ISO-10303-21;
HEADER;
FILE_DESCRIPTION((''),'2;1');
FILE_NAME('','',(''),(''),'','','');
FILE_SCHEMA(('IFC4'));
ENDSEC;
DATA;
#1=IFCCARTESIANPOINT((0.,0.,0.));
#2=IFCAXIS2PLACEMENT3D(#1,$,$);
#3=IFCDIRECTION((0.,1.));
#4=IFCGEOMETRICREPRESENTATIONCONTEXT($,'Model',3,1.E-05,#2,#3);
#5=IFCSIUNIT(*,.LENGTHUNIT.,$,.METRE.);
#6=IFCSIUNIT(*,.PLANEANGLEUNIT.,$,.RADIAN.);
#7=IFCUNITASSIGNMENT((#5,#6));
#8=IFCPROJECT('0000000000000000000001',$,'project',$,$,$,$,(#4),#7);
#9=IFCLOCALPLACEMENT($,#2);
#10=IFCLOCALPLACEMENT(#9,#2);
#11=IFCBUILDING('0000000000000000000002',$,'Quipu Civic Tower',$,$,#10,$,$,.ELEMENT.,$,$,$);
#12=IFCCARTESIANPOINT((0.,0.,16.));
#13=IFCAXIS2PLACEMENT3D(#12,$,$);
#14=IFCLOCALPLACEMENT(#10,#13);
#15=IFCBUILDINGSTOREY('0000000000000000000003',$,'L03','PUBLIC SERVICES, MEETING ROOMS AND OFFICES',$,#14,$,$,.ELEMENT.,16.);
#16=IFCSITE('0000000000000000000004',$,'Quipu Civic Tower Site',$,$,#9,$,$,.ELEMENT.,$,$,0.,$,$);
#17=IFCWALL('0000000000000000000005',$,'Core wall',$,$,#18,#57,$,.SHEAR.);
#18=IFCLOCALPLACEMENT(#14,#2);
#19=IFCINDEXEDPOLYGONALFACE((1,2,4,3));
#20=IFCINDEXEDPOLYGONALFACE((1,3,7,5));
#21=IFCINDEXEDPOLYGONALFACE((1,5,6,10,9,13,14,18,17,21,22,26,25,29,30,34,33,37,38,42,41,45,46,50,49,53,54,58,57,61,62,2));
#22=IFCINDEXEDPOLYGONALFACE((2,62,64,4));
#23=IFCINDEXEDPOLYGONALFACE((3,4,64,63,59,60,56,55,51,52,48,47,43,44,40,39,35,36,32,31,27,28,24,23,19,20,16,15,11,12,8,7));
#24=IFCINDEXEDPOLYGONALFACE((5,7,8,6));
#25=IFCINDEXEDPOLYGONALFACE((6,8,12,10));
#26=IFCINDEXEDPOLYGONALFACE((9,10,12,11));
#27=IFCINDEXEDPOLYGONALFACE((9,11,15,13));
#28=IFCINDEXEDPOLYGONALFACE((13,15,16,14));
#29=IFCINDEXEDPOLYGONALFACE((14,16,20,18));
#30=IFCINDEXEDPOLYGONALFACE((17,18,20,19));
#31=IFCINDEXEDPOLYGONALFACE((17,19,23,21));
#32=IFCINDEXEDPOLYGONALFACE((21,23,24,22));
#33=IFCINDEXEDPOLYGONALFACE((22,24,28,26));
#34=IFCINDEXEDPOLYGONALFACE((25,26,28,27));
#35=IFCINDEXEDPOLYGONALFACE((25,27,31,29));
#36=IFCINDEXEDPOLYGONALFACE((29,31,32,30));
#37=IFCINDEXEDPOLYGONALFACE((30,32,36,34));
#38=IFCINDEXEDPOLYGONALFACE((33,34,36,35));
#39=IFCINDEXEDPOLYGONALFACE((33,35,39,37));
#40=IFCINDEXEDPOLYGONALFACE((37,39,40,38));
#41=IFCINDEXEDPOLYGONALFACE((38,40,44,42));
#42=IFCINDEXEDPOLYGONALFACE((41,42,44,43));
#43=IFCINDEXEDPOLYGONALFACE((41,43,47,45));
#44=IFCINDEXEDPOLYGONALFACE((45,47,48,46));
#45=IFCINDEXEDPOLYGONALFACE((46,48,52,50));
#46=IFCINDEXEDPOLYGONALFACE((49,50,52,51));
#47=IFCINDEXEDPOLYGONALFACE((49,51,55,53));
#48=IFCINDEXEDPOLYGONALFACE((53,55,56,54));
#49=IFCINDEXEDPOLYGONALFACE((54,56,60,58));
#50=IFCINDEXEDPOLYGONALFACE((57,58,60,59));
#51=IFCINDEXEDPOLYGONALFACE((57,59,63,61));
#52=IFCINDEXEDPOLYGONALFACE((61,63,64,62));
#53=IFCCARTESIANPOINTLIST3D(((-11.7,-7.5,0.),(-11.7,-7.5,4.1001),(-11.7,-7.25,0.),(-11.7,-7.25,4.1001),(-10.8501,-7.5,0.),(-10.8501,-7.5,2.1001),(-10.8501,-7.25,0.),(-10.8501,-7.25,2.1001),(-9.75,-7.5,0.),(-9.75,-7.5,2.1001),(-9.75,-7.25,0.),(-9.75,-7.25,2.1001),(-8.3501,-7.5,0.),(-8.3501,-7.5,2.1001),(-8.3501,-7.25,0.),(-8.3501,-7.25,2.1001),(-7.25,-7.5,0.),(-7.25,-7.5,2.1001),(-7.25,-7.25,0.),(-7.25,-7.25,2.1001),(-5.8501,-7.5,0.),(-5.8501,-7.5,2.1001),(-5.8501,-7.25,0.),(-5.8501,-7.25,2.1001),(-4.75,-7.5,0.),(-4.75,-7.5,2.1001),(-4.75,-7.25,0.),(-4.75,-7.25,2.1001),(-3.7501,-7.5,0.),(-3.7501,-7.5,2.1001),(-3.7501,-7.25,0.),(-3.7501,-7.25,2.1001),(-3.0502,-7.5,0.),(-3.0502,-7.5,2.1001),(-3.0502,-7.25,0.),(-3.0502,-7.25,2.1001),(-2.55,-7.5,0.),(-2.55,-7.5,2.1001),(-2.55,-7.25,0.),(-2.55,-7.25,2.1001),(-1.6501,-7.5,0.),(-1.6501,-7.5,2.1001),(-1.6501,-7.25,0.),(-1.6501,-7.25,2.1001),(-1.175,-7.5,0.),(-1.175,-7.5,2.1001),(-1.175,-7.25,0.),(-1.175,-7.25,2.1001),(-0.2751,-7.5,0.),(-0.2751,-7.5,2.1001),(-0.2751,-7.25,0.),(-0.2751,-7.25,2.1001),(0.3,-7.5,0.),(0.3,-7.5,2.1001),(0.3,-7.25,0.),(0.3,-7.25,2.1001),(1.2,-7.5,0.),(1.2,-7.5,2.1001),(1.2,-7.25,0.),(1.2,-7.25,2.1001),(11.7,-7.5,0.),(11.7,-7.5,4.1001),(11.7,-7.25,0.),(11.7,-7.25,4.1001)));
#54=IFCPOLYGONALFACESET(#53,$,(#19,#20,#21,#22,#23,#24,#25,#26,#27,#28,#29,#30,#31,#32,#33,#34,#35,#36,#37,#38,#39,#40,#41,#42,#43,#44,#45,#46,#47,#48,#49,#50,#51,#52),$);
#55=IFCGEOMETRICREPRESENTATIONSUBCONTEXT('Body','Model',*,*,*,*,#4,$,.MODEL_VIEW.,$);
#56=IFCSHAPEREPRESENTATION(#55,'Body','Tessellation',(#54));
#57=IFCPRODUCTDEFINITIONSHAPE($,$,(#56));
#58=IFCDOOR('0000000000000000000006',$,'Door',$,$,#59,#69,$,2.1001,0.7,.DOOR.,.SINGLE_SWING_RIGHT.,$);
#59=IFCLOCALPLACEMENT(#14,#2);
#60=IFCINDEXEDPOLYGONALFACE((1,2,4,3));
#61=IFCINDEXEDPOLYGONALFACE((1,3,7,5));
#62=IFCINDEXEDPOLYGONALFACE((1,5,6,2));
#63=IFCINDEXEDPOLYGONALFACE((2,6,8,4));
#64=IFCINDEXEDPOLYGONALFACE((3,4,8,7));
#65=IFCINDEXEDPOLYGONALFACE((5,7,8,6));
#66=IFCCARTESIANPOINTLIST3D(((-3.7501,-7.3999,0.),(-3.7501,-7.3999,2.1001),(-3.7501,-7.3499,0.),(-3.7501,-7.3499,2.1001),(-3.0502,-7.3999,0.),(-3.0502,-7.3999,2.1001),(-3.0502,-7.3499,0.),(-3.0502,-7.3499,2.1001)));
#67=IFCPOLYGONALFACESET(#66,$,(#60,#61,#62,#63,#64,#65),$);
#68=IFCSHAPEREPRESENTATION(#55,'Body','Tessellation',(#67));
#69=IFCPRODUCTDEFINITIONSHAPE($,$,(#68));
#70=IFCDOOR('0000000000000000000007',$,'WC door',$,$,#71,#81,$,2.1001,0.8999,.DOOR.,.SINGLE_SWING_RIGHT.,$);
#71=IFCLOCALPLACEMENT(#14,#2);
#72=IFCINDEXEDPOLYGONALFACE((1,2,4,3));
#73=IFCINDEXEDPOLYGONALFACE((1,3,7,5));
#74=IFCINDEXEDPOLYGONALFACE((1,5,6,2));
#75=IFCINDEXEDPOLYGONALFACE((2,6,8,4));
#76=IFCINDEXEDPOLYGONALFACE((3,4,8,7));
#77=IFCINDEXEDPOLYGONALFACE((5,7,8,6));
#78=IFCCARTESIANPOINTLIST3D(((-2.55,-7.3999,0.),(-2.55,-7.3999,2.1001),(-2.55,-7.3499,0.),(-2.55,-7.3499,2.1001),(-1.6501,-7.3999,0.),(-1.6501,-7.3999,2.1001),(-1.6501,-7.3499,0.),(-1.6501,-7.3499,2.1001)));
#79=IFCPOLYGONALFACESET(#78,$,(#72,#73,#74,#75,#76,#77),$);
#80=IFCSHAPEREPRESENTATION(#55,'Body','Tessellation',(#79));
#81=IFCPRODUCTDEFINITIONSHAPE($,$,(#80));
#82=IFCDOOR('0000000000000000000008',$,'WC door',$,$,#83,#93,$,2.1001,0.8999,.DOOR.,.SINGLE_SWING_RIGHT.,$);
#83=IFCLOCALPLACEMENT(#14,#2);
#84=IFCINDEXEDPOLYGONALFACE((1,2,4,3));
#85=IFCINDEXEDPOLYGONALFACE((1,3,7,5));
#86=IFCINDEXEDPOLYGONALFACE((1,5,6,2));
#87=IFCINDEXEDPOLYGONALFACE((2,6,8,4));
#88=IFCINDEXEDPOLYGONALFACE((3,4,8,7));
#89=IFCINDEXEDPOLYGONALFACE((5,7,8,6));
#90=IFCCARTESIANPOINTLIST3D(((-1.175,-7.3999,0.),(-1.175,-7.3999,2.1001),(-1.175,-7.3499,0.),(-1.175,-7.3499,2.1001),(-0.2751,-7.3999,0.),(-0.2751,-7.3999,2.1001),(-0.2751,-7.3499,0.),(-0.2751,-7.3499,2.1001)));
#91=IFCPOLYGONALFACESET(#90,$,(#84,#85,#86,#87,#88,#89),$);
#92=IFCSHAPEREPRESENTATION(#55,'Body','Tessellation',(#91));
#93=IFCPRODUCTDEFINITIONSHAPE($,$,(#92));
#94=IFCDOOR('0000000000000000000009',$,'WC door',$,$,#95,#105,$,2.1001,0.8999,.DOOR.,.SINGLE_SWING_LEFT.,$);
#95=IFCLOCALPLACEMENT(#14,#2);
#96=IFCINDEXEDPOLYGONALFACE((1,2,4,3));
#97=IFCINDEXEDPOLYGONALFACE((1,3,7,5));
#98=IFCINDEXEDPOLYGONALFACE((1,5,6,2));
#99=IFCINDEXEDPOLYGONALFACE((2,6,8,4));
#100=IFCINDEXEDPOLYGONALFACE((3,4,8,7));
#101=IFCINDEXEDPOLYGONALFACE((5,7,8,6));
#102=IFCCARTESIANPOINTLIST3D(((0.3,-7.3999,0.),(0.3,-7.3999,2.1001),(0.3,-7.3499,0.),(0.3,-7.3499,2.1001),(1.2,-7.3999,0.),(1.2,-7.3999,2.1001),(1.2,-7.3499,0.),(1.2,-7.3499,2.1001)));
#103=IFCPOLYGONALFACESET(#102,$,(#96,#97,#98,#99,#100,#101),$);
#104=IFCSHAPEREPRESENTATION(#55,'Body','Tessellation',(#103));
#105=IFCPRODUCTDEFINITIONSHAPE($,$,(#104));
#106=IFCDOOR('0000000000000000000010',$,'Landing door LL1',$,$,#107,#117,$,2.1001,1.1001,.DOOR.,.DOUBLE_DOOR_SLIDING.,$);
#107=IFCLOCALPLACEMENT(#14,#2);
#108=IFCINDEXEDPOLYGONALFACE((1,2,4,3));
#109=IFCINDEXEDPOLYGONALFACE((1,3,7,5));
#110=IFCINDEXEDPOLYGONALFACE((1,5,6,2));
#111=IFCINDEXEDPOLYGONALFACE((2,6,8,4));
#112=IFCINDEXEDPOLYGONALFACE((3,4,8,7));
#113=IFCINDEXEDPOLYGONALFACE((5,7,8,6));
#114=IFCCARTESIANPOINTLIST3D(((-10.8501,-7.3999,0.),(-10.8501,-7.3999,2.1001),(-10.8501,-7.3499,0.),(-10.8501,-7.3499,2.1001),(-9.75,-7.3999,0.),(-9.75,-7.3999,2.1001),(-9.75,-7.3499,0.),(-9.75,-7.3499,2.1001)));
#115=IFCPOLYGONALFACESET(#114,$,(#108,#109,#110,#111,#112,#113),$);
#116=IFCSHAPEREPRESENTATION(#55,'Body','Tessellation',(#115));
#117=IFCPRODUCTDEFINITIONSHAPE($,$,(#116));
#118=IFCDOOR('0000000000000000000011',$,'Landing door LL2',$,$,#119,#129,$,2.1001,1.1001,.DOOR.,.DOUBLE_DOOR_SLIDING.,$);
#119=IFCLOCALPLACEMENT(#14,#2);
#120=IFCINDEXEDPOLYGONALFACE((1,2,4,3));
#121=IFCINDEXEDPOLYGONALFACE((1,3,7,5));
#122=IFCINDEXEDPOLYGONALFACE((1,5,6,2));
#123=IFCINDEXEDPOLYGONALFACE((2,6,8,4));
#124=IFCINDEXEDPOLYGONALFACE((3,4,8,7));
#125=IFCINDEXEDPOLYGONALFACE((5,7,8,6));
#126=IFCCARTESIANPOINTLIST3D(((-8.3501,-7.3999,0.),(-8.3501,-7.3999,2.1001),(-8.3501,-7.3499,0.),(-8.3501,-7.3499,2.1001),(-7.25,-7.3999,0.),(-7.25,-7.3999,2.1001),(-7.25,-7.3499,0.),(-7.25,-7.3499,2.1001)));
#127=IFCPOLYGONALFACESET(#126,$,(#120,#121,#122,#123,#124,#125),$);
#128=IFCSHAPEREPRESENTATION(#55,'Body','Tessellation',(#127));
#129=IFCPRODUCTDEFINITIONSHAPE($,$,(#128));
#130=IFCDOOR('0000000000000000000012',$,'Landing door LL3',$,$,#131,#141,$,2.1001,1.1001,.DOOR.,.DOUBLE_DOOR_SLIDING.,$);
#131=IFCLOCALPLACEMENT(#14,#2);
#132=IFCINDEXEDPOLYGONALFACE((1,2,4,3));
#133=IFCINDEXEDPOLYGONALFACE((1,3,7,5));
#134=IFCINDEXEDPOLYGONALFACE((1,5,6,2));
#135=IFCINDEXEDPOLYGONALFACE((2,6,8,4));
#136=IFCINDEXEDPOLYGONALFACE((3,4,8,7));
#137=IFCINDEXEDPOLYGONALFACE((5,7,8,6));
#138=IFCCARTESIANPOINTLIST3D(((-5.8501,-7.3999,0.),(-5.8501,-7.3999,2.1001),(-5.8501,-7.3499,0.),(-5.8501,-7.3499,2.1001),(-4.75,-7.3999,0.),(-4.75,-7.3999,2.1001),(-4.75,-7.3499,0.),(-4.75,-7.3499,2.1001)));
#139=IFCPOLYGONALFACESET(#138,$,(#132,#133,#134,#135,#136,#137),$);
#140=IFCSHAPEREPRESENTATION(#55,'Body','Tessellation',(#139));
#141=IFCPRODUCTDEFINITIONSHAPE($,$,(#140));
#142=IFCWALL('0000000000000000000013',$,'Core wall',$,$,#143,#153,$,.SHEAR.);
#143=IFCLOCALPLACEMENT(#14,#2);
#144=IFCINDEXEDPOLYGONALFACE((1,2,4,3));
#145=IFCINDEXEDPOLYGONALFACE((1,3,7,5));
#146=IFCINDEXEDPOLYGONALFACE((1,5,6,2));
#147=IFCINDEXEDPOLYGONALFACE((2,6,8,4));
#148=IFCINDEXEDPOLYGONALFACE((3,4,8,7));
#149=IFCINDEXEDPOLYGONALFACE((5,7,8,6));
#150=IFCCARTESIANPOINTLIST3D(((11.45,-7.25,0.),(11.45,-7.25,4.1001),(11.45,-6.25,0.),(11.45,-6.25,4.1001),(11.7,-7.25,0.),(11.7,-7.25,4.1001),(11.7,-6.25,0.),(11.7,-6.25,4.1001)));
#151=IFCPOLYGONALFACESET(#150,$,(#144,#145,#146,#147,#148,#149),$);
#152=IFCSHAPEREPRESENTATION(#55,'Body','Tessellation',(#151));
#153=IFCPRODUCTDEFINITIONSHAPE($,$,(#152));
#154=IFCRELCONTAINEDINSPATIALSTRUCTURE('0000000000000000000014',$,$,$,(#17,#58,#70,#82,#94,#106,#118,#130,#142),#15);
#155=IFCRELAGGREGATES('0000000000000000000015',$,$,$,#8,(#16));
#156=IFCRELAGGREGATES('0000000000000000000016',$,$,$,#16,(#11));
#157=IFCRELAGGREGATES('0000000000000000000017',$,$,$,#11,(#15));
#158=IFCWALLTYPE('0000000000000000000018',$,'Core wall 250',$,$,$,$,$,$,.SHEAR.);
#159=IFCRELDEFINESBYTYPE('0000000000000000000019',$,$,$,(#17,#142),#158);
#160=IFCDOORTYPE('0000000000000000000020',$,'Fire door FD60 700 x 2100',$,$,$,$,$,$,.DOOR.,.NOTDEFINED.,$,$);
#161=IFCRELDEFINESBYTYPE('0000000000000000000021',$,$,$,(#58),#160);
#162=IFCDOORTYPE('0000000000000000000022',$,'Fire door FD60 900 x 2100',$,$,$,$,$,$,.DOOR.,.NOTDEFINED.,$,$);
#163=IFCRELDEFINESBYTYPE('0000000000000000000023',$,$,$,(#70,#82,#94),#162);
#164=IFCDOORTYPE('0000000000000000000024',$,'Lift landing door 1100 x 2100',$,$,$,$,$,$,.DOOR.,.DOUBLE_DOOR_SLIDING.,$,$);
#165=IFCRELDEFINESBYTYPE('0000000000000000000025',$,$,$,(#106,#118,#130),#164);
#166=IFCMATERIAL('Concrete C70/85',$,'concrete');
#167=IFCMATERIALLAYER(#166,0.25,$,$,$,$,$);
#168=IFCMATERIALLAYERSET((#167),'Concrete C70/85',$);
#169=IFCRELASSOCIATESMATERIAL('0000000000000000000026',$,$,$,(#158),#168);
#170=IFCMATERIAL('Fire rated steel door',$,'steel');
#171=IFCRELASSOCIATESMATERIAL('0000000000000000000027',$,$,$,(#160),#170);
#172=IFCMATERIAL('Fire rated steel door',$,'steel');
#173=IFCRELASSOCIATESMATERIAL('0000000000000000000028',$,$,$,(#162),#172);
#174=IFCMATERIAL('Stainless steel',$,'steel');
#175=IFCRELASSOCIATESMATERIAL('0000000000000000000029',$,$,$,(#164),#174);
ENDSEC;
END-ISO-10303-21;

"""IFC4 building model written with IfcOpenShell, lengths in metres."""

from ifc_helpers import new_model, si_unit, direction, frame, frame_2d, origin, place, context, subcontext, project, spatial, rectangle, extrude, material, layer, layer_set, type_object, element, fill, save


model = new_model("IFC4")

# Units and contexts
model_context = context("Model", 3, precision=1e-05, world=origin(), true_north=direction((0.0, 1.0)))
body_context = subcontext(model_context, "Body", "Model", "MODEL_VIEW")
ifc_project = project(units=[si_unit("LENGTHUNIT", "METRE"), si_unit("PLANEANGLEUNIT", "RADIAN")], contexts=[model_context])

# Site, building, storey
site_placement = place(None, origin())
site = spatial("IfcSite", under=ifc_project, at=site_placement, Name="Quipu Civic Tower Site", CompositionType="ELEMENT", RefElevation=0.0)
building_placement = place(site_placement, origin())
building = spatial("IfcBuilding", under=site, at=building_placement, Name="Quipu Civic Tower", CompositionType="ELEMENT")
storey_placement = place(building_placement, frame((0.0, 0.0, 16.0)))
storey = spatial("IfcBuildingStorey", under=building, at=storey_placement, Name="L03", Description="PUBLIC SERVICES, MEETING ROOMS AND OFFICES", CompositionType="ELEMENT", Elevation=16.0)

# Shared definitions
ifc_material_1 = material(Name="Concrete C70/85", Category="concrete")
ifc_layer_1 = layer(ifc_material_1, 0.25)
ifc_layer_set_1 = layer_set([ifc_layer_1], Name="Concrete C70/85")
wall_type_1 = type_object("IfcWallType", Name="Core wall 250", PredefinedType="SHEAR", material=ifc_layer_set_1)

# Wall, openings, doors
wall_1_placement = place(storey_placement, frame((11.7, -7.375, 0.0), z_axis=(0.0, 0.0, 1.0), x_axis=(-1.0, 0.0, 0.0)))
wall_1 = element("IfcWall", 1, at=wall_1_placement, inside=storey, type_object=wall_type_1, Name="Core wall", PredefinedType="SHEAR", context=body_context, shape_type="SweptSolid", body=[
    extrude(rectangle(XDim=23.3999, YDim=0.25, at=frame_2d((11.7, 0.0))), origin(), (0.0, 0.0, 1.0), 4.1001),
])
opening_1_placement = place(wall_1_placement, frame((21.45, 0.0, 0.0)))
opening_1 = element("IfcOpeningElement", 2, at=opening_1_placement, cuts=wall_1, PredefinedType="OPENING", context=body_context, shape_type="SweptSolid", body=[
    extrude(rectangle(XDim=1.1001, YDim=2.1001, at=frame_2d((0.55, 1.05))), frame((0.0, 0.135, 0.0), z_axis=(0.0, -1.0, 0.0), x_axis=(1.0, 0.0, 0.0)), (0.0, 0.0, 1.0), 0.27),
])
opening_2_placement = place(wall_1_placement, frame((18.95, 0.0, 0.0)))
opening_2 = element("IfcOpeningElement", 3, at=opening_2_placement, cuts=wall_1, PredefinedType="OPENING", context=body_context, shape_type="SweptSolid", body=[
    extrude(rectangle(XDim=1.1001, YDim=2.1001, at=frame_2d((0.55, 1.05))), frame((0.0, 0.135, 0.0), z_axis=(0.0, -1.0, 0.0), x_axis=(1.0, 0.0, 0.0)), (0.0, 0.0, 1.0), 0.27),
])
opening_3_placement = place(wall_1_placement, frame((16.45, 0.0, 0.0)))
opening_3 = element("IfcOpeningElement", 4, at=opening_3_placement, cuts=wall_1, PredefinedType="OPENING", context=body_context, shape_type="SweptSolid", body=[
    extrude(rectangle(XDim=1.1001, YDim=2.1001, at=frame_2d((0.55, 1.05))), frame((0.0, 0.135, 0.0), z_axis=(0.0, -1.0, 0.0), x_axis=(1.0, 0.0, 0.0)), (0.0, 0.0, 1.0), 0.27),
])
opening_4_placement = place(wall_1_placement, frame((14.75, 0.0, 0.0)))
opening_4 = element("IfcOpeningElement", 5, at=opening_4_placement, cuts=wall_1, PredefinedType="OPENING", context=body_context, shape_type="SweptSolid", body=[
    extrude(rectangle(XDim=0.7, YDim=2.1001, at=frame_2d((0.3501, 1.05))), frame((0.0, 0.135, 0.0), z_axis=(0.0, -1.0, 0.0), x_axis=(1.0, 0.0, 0.0)), (0.0, 0.0, 1.0), 0.27),
])
opening_5_placement = place(wall_1_placement, frame((13.3501, 0.0, 0.0)))
opening_5 = element("IfcOpeningElement", 6, at=opening_5_placement, cuts=wall_1, PredefinedType="OPENING", context=body_context, shape_type="SweptSolid", body=[
    extrude(rectangle(XDim=0.8999, YDim=2.1001, at=frame_2d((0.45, 1.05))), frame((0.0, 0.135, 0.0), z_axis=(0.0, -1.0, 0.0), x_axis=(1.0, 0.0, 0.0)), (0.0, 0.0, 1.0), 0.27),
])
opening_6_placement = place(wall_1_placement, frame((11.9751, 0.0, 0.0)))
opening_6 = element("IfcOpeningElement", 7, at=opening_6_placement, cuts=wall_1, PredefinedType="OPENING", context=body_context, shape_type="SweptSolid", body=[
    extrude(rectangle(XDim=0.8999, YDim=2.1001, at=frame_2d((0.45, 1.05))), frame((0.0, 0.135, 0.0), z_axis=(0.0, -1.0, 0.0), x_axis=(1.0, 0.0, 0.0)), (0.0, 0.0, 1.0), 0.27),
])
opening_7_placement = place(wall_1_placement, frame((10.5, 0.0, 0.0)))
opening_7 = element("IfcOpeningElement", 8, at=opening_7_placement, cuts=wall_1, PredefinedType="OPENING", context=body_context, shape_type="SweptSolid", body=[
    extrude(rectangle(XDim=0.8999, YDim=2.1001, at=frame_2d((0.45, 1.05))), frame((0.0, 0.135, 0.0), z_axis=(0.0, -1.0, 0.0), x_axis=(1.0, 0.0, 0.0)), (0.0, 0.0, 1.0), 0.27),
])
ifc_material_2 = material(Name="Fire rated steel door", Category="steel")
door_type_1 = type_object("IfcDoorType", Name="Fire door FD60 700 x 2100", OperationType="NOTDEFINED", PredefinedType="DOOR", material=ifc_material_2)
door_1_placement = place(opening_4_placement, origin())
door_1 = element("IfcDoor", 9, at=door_1_placement, inside=storey, type_object=door_type_1, Name="Door", OperationType="SINGLE_SWING_RIGHT", OverallHeight=2.1001, OverallWidth=0.7, PredefinedType="DOOR", context=body_context, shape_type="SweptSolid", body=[
    extrude(rectangle(XDim=0.7, YDim=2.1001, at=frame_2d((0.3501, 1.05))), frame((0.0, 0.0249, 0.0), z_axis=(0.0, -1.0, 0.0), x_axis=(1.0, 0.0, 0.0)), (0.0, 0.0, 1.0), 0.05),
])
fill(opening_4, door_1)
ifc_material_3 = material(Name="Fire rated steel door", Category="steel")
door_type_2 = type_object("IfcDoorType", Name="Fire door FD60 900 x 2100", OperationType="NOTDEFINED", PredefinedType="DOOR", material=ifc_material_3)
door_2_placement = place(opening_5_placement, origin())
door_2 = element("IfcDoor", 10, at=door_2_placement, inside=storey, type_object=door_type_2, Name="WC door", OperationType="SINGLE_SWING_RIGHT", OverallHeight=2.1001, OverallWidth=0.8999, PredefinedType="DOOR", context=body_context, shape_type="SweptSolid", body=[
    extrude(rectangle(XDim=0.8999, YDim=2.1001, at=frame_2d((0.45, 1.05))), frame((0.0, 0.0249, 0.0), z_axis=(0.0, -1.0, 0.0), x_axis=(1.0, 0.0, 0.0)), (0.0, 0.0, 1.0), 0.05),
])
fill(opening_5, door_2)
door_3_placement = place(opening_6_placement, origin())
door_3 = element("IfcDoor", 11, at=door_3_placement, inside=storey, type_object=door_type_2, Name="WC door", OperationType="SINGLE_SWING_RIGHT", OverallHeight=2.1001, OverallWidth=0.8999, PredefinedType="DOOR", context=body_context, shape_type="SweptSolid", body=[
    extrude(rectangle(XDim=0.8999, YDim=2.1001, at=frame_2d((0.45, 1.05))), frame((0.0, 0.0249, 0.0), z_axis=(0.0, -1.0, 0.0), x_axis=(1.0, 0.0, 0.0)), (0.0, 0.0, 1.0), 0.05),
])
fill(opening_6, door_3)
door_4_placement = place(opening_7_placement, origin())
door_4 = element("IfcDoor", 12, at=door_4_placement, inside=storey, type_object=door_type_2, Name="WC door", OperationType="SINGLE_SWING_LEFT", OverallHeight=2.1001, OverallWidth=0.8999, PredefinedType="DOOR", context=body_context, shape_type="SweptSolid", body=[
    extrude(rectangle(XDim=0.8999, YDim=2.1001, at=frame_2d((0.45, 1.05))), frame((0.0, 0.0249, 0.0), z_axis=(0.0, -1.0, 0.0), x_axis=(1.0, 0.0, 0.0)), (0.0, 0.0, 1.0), 0.05),
])
fill(opening_7, door_4)
ifc_material_4 = material(Name="Stainless steel", Category="steel")
door_type_3 = type_object("IfcDoorType", Name="Lift landing door 1100 x 2100", OperationType="DOUBLE_DOOR_SLIDING", PredefinedType="DOOR", material=ifc_material_4)
door_5_placement = place(opening_1_placement, origin())
door_5 = element("IfcDoor", 13, at=door_5_placement, inside=storey, type_object=door_type_3, Name="Landing door LL1", OperationType="DOUBLE_DOOR_SLIDING", OverallHeight=2.1001, OverallWidth=1.1001, PredefinedType="DOOR", context=body_context, shape_type="SweptSolid", body=[
    extrude(rectangle(XDim=1.1001, YDim=2.1001, at=frame_2d((0.55, 1.05))), frame((0.0, 0.0249, 0.0), z_axis=(0.0, -1.0, 0.0), x_axis=(1.0, 0.0, 0.0)), (0.0, 0.0, 1.0), 0.05),
])
fill(opening_1, door_5)
door_6_placement = place(opening_2_placement, origin())
door_6 = element("IfcDoor", 14, at=door_6_placement, inside=storey, type_object=door_type_3, Name="Landing door LL2", OperationType="DOUBLE_DOOR_SLIDING", OverallHeight=2.1001, OverallWidth=1.1001, PredefinedType="DOOR", context=body_context, shape_type="SweptSolid", body=[
    extrude(rectangle(XDim=1.1001, YDim=2.1001, at=frame_2d((0.55, 1.05))), frame((0.0, 0.0249, 0.0), z_axis=(0.0, -1.0, 0.0), x_axis=(1.0, 0.0, 0.0)), (0.0, 0.0, 1.0), 0.05),
])
fill(opening_2, door_6)
door_7_placement = place(opening_3_placement, origin())
door_7 = element("IfcDoor", 15, at=door_7_placement, inside=storey, type_object=door_type_3, Name="Landing door LL3", OperationType="DOUBLE_DOOR_SLIDING", OverallHeight=2.1001, OverallWidth=1.1001, PredefinedType="DOOR", context=body_context, shape_type="SweptSolid", body=[
    extrude(rectangle(XDim=1.1001, YDim=2.1001, at=frame_2d((0.55, 1.05))), frame((0.0, 0.0249, 0.0), z_axis=(0.0, -1.0, 0.0), x_axis=(1.0, 0.0, 0.0)), (0.0, 0.0, 1.0), 0.05),
])
fill(opening_3, door_7)

# Wall
wall_2_placement = place(storey_placement, frame((11.575, -7.25, 0.0), z_axis=(0.0, 0.0, 1.0), x_axis=(0.0, 1.0, 0.0)))
element("IfcWall", 16, at=wall_2_placement, inside=storey, type_object=wall_type_1, Name="Core wall", PredefinedType="SHEAR", context=body_context, shape_type="SweptSolid", body=[
    extrude(rectangle(XDim=1.0, YDim=0.25, at=frame_2d((0.5, 0.0))), origin(), (0.0, 0.0, 1.0), 4.1001),
])

save(model, "model.ifc")
